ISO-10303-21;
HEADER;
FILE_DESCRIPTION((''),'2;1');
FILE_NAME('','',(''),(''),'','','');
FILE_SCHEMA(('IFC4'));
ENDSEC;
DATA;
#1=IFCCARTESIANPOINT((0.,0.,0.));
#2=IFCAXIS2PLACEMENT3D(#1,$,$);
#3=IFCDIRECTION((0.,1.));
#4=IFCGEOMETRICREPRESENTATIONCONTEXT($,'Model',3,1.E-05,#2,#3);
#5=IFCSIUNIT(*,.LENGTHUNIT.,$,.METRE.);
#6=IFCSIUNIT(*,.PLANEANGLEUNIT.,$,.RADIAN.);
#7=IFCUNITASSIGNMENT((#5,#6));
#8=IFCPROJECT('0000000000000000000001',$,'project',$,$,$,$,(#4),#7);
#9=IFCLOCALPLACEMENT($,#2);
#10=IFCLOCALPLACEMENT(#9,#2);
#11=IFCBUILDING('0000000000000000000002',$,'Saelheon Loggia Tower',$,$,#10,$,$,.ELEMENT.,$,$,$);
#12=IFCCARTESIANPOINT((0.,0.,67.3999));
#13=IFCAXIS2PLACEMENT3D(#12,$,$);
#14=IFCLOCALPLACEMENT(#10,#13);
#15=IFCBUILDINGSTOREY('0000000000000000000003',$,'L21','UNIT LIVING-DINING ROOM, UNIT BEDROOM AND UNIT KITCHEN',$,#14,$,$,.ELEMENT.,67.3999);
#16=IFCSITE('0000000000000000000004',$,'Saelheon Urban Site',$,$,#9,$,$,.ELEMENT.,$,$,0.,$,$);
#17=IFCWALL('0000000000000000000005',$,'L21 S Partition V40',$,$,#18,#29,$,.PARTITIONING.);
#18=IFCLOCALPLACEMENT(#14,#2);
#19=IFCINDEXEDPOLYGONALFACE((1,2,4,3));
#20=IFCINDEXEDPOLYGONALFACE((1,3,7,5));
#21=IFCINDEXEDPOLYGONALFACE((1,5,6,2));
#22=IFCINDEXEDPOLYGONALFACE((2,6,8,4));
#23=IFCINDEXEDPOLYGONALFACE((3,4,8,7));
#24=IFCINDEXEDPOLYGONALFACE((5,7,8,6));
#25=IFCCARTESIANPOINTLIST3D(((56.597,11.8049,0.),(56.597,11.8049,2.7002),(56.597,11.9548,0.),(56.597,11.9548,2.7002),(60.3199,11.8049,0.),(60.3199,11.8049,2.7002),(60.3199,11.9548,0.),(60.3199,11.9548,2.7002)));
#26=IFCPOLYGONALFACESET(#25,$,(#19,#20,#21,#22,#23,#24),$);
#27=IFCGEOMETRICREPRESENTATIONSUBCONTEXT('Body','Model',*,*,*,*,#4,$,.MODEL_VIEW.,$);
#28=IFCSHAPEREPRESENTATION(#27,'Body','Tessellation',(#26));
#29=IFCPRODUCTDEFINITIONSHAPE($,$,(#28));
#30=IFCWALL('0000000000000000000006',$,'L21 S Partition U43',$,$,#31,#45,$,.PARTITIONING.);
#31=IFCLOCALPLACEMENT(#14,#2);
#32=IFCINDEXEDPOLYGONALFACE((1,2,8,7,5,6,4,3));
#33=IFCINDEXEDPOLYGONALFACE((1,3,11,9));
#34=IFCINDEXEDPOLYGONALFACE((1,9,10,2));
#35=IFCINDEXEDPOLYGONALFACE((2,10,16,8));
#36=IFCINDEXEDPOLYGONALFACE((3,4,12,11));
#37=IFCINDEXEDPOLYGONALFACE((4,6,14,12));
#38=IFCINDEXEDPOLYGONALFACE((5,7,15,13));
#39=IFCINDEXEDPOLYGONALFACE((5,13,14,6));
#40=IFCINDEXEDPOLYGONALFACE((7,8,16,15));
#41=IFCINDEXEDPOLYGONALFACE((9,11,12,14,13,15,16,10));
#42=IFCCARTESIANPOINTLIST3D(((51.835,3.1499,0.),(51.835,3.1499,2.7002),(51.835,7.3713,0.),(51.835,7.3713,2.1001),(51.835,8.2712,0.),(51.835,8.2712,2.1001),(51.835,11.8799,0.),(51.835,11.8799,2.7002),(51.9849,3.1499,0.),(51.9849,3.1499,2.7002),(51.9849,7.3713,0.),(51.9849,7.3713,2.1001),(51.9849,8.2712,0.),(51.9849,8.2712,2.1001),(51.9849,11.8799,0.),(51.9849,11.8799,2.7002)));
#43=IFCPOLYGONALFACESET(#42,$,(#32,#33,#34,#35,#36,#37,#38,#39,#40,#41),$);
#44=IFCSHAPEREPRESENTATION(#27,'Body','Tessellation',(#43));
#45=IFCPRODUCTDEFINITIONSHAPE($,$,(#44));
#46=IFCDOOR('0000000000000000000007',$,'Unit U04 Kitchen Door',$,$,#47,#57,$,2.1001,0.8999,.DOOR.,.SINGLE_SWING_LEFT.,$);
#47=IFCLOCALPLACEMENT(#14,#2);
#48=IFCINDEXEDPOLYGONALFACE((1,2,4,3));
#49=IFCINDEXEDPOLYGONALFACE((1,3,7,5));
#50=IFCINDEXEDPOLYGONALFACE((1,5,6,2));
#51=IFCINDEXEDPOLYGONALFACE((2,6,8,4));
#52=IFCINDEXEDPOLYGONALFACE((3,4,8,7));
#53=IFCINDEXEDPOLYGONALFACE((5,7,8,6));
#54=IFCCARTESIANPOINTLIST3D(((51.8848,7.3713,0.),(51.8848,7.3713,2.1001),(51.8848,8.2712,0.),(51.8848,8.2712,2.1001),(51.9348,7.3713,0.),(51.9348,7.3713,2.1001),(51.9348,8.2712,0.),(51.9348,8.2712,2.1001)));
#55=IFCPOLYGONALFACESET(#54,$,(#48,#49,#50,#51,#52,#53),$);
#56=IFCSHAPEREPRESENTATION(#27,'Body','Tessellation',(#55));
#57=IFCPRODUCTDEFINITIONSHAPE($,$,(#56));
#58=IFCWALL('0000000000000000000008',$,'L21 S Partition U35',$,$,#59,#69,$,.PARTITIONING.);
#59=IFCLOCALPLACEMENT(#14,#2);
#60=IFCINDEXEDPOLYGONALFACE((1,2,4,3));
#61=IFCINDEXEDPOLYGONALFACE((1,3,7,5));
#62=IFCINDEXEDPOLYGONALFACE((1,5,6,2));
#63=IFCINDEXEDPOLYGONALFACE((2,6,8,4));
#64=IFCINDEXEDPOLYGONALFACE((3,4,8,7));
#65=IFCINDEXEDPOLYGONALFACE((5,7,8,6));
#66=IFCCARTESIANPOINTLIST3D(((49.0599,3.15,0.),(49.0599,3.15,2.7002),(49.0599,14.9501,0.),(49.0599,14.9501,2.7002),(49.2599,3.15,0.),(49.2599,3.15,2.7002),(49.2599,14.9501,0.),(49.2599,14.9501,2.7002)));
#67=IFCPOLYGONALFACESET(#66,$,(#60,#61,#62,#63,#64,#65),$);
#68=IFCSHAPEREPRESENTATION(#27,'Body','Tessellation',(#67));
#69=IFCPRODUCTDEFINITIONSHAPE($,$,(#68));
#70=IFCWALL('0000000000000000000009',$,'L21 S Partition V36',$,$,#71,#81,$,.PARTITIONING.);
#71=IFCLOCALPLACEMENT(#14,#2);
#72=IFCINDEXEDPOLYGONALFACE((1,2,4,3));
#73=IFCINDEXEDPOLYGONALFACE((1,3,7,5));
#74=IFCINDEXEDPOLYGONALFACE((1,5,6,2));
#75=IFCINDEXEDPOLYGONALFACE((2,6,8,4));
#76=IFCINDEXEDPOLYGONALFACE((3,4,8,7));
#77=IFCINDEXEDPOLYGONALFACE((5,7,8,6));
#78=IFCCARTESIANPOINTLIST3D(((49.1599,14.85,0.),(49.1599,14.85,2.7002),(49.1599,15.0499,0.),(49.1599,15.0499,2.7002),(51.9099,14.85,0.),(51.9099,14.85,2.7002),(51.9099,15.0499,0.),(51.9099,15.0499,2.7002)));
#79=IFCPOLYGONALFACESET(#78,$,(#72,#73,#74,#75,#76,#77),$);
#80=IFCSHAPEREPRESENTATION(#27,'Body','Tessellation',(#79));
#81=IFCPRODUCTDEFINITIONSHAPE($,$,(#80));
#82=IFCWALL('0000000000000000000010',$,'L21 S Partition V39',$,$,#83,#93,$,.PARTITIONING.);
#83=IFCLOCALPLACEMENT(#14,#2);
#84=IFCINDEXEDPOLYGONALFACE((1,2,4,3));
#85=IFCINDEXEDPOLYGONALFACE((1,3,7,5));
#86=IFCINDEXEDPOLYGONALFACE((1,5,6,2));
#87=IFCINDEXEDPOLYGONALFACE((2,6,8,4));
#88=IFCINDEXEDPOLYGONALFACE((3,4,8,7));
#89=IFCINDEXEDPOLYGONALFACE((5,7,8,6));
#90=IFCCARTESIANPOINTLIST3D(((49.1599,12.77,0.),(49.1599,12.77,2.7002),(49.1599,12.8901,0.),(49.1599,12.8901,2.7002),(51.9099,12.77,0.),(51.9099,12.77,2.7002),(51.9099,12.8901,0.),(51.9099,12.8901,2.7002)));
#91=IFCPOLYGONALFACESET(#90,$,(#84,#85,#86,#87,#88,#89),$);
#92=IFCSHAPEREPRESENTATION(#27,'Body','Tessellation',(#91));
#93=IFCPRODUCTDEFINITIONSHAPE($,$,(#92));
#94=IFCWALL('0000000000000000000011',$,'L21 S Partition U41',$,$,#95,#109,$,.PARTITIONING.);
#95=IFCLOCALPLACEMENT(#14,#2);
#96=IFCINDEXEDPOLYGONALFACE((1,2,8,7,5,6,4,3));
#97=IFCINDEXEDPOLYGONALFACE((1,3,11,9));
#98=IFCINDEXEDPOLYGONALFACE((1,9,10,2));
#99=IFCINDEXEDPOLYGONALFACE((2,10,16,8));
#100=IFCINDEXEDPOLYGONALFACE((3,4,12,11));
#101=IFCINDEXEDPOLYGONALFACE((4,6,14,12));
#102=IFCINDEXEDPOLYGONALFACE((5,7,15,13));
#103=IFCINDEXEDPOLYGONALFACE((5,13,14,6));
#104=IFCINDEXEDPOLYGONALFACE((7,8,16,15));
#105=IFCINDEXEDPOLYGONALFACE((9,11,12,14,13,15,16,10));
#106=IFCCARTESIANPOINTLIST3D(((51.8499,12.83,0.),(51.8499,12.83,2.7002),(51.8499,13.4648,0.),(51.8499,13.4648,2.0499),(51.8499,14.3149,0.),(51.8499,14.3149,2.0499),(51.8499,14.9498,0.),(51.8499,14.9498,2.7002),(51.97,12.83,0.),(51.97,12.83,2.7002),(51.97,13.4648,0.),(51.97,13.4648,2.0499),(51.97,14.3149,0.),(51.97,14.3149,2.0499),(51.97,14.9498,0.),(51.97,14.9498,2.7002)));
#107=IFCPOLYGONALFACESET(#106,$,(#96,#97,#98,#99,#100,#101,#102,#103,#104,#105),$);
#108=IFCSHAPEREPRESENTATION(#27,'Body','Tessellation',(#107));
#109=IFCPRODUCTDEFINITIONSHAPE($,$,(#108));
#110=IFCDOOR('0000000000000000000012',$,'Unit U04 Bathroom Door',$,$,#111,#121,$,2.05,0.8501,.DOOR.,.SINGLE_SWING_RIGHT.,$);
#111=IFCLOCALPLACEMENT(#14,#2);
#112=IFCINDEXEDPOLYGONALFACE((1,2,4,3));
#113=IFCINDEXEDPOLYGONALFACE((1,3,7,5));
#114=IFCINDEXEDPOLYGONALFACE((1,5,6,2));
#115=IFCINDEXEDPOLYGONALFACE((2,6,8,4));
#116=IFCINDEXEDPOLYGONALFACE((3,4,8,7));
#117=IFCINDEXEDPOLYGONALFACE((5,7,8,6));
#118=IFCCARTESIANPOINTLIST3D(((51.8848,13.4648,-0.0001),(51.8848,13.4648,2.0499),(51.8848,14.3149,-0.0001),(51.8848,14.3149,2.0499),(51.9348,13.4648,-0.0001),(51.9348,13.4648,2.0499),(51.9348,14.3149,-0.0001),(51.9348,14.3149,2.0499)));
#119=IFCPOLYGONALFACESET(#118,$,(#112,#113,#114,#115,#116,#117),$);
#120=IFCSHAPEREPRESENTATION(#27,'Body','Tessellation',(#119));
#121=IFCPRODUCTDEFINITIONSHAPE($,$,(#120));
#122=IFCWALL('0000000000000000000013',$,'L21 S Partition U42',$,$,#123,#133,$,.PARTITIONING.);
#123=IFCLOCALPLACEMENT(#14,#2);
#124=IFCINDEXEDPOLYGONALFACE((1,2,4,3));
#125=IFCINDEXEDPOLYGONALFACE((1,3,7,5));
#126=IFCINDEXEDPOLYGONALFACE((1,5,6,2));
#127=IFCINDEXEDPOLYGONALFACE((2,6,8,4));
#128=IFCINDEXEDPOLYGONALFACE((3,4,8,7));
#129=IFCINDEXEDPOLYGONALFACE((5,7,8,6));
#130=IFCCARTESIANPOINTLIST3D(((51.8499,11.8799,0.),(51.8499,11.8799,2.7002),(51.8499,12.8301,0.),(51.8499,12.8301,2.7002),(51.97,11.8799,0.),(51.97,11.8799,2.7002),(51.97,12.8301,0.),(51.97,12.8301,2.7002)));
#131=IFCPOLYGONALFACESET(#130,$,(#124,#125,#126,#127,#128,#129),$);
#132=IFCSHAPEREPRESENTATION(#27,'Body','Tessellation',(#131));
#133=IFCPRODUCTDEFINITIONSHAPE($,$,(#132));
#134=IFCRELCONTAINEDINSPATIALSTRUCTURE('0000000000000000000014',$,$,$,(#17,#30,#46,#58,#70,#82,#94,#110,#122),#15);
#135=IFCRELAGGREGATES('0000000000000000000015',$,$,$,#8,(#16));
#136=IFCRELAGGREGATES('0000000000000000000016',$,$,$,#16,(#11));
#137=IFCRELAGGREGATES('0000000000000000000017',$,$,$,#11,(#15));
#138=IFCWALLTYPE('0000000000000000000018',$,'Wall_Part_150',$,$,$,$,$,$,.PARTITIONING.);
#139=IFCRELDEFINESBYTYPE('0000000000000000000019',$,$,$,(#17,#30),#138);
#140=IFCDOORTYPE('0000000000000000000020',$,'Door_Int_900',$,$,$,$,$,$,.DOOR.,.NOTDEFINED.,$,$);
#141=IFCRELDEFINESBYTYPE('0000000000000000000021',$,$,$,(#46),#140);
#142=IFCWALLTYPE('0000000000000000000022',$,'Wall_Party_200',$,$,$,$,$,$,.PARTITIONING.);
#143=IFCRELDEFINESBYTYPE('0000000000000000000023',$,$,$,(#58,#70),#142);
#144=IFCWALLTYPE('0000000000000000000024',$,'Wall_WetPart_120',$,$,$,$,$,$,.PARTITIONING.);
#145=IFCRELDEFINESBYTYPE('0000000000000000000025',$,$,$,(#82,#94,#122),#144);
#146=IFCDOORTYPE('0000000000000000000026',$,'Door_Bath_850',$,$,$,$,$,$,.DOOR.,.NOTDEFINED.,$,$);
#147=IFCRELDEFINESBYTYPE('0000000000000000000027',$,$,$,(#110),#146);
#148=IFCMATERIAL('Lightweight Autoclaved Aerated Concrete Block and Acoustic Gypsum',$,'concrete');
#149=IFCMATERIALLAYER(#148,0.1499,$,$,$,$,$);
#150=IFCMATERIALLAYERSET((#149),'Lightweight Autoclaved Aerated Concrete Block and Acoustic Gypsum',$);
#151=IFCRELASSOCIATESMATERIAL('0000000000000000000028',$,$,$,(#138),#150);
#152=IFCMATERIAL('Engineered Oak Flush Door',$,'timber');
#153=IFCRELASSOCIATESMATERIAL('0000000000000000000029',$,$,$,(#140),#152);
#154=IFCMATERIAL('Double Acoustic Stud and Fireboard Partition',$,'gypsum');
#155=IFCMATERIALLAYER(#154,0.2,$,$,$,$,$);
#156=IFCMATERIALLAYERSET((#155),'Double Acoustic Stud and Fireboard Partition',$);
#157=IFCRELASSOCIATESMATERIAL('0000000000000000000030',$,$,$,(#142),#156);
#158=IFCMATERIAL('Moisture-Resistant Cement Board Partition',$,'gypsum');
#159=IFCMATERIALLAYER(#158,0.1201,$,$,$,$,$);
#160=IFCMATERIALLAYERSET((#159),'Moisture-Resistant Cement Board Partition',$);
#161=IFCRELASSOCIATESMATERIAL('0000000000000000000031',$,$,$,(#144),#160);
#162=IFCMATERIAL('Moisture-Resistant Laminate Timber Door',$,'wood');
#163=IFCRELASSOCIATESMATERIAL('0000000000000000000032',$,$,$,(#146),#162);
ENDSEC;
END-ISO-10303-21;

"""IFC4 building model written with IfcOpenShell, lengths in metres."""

from ifc_helpers import new_model, si_unit, direction, frame, frame_2d, origin, place, context, subcontext, project, spatial, rectangle, extrude, source, transform, mapped, material, layer, layer_set, type_object, element, fill, save


model = new_model("IFC4")

# Units and contexts
model_context = context("Model", 3, precision=1e-05, world=origin(), true_north=direction((0.0, 1.0)))
body_context = subcontext(model_context, "Body", "Model", "MODEL_VIEW")
ifc_project = project(units=[si_unit("LENGTHUNIT", "METRE"), si_unit("PLANEANGLEUNIT", "RADIAN")], contexts=[model_context])

# Site, building, storey
site_placement = place(None, origin())
site = spatial("IfcSite", under=ifc_project, at=site_placement, Name="Saelheon Urban Site", CompositionType="ELEMENT", RefElevation=0.0)
building_placement = place(site_placement, origin())
building = spatial("IfcBuilding", under=site, at=building_placement, Name="Saelheon Loggia Tower", CompositionType="ELEMENT")
storey_placement = place(building_placement, frame((0.0, 0.0, 67.3999)))
storey = spatial("IfcBuildingStorey", under=building, at=storey_placement, Name="L21", Description="UNIT LIVING-DINING ROOM, UNIT BEDROOM AND UNIT KITCHEN", CompositionType="ELEMENT", Elevation=67.3999)

# Wall
ifc_material_1 = material(Name="Lightweight Autoclaved Aerated Concrete Block and Acoustic Gypsum", Category="concrete")
ifc_layer_1 = layer(ifc_material_1, 0.1499)
ifc_layer_set_1 = layer_set([ifc_layer_1], Name="Lightweight Autoclaved Aerated Concrete Block and Acoustic Gypsum")
wall_type_1 = type_object("IfcWallType", Name="Wall_Part_150", PredefinedType="PARTITIONING", material=ifc_layer_set_1)
wall_1_placement = place(storey_placement, frame((56.5972, 11.8799, 0.0), z_axis=(0.0, 0.0, 1.0), x_axis=(1.0, 0.0, 0.0)))
element("IfcWall", 1, at=wall_1_placement, inside=storey, type_object=wall_type_1, Name="L21 S Partition V40", PredefinedType="PARTITIONING", context=body_context, shape_type="SweptSolid", body=[
    extrude(rectangle(XDim=3.7229, YDim=0.1499, at=frame_2d((1.8613, 0.0))), origin(), (0.0, 0.0, 1.0), 2.7002),
])

# Wall, opening, door
wall_2_placement = place(storey_placement, frame((51.9099, 11.8799, 0.0), z_axis=(0.0, 0.0, 1.0), x_axis=(0.0, -1.0, 0.0)))
wall_2 = element("IfcWall", 2, at=wall_2_placement, inside=storey, type_object=wall_type_1, Name="L21 S Partition U43", PredefinedType="PARTITIONING", context=body_context, shape_type="SweptSolid", body=[
    extrude(rectangle(XDim=8.73, YDim=0.1499, at=frame_2d((4.365, 0.0))), origin(), (0.0, 0.0, 1.0), 2.7002),
])
opening_1_placement = place(wall_2_placement, frame((3.6086, 0.0, 0.0)))
opening_1 = element("IfcOpeningElement", 3, at=opening_1_placement, cuts=wall_2, PredefinedType="OPENING", context=body_context, shape_type="SweptSolid", body=[
    extrude(rectangle(XDim=0.8999, YDim=2.1001, at=frame_2d((0.45, 1.05))), frame((0.0, 0.0869, 0.0), z_axis=(0.0, -1.0, 0.0), x_axis=(1.0, 0.0, 0.0)), (0.0, 0.0, 1.0), 0.1738),
])
ifc_material_2 = material(Name="Engineered Oak Flush Door", Category="timber")
door_type_1 = type_object("IfcDoorType", Name="Door_Int_900", OperationType="NOTDEFINED", PredefinedType="DOOR", material=ifc_material_2)
shared_shape_1 = source(origin(), body_context, "Body", "SweptSolid", [
    extrude(rectangle(XDim=0.8999, YDim=2.1001, at=frame_2d((0.45, 1.05))), frame((0.0, 0.0249, 0.0), z_axis=(0.0, -1.0, 0.0), x_axis=(1.0, 0.0, 0.0)), (0.0, 0.0, 1.0), 0.05),
])
door_1_placement = place(opening_1_placement, origin())
door_1 = element("IfcDoor", 4, at=door_1_placement, inside=storey, type_object=door_type_1, Name="Unit U04 Kitchen Door", OperationType="SINGLE_SWING_LEFT", OverallHeight=2.1001, OverallWidth=0.8999, PredefinedType="DOOR", context=body_context, shape_type="MappedRepresentation", body=[
    mapped(shared_shape_1, transform((0.0, 0.0, 0.0), scale=1.0)),
])
fill(opening_1, door_1)

# Walls
ifc_material_3 = material(Name="Double Acoustic Stud and Fireboard Partition", Category="gypsum")
ifc_layer_2 = layer(ifc_material_3, 0.2)
ifc_layer_set_2 = layer_set([ifc_layer_2], Name="Double Acoustic Stud and Fireboard Partition")
wall_type_2 = type_object("IfcWallType", Name="Wall_Party_200", PredefinedType="PARTITIONING", material=ifc_layer_set_2)
wall_3_placement = place(storey_placement, frame((49.1599, 14.95, 0.0), z_axis=(0.0, 0.0, 1.0), x_axis=(0.0, -1.0, 0.0)))
element("IfcWall", 5, at=wall_3_placement, inside=storey, type_object=wall_type_2, Name="L21 S Partition U35", PredefinedType="PARTITIONING", context=body_context, shape_type="SweptSolid", body=[
    extrude(rectangle(XDim=11.8, YDim=0.2, at=frame_2d((5.8999, 0.0))), origin(), (0.0, 0.0, 1.0), 2.7002),
])
wall_4_placement = place(storey_placement, frame((49.1599, 14.95, 0.0), z_axis=(0.0, 0.0, 1.0), x_axis=(1.0, 0.0, 0.0)))
element("IfcWall", 6, at=wall_4_placement, inside=storey, type_object=wall_type_2, Name="L21 S Partition V36", PredefinedType="PARTITIONING", context=body_context, shape_type="SweptSolid", body=[
    extrude(rectangle(XDim=2.75, YDim=0.2, at=frame_2d((1.375, 0.0))), origin(), (0.0, 0.0, 1.0), 2.7002),
])

# Wall
ifc_material_4 = material(Name="Moisture-Resistant Cement Board Partition", Category="gypsum")
ifc_layer_3 = layer(ifc_material_4, 0.1201)
ifc_layer_set_3 = layer_set([ifc_layer_3], Name="Moisture-Resistant Cement Board Partition")
wall_type_3 = type_object("IfcWallType", Name="Wall_WetPart_120", PredefinedType="PARTITIONING", material=ifc_layer_set_3)
wall_5_placement = place(storey_placement, frame((49.1599, 12.8301, 0.0), z_axis=(0.0, 0.0, 1.0), x_axis=(1.0, 0.0, 0.0)))
element("IfcWall", 7, at=wall_5_placement, inside=storey, type_object=wall_type_3, Name="L21 S Partition V39", PredefinedType="PARTITIONING", context=body_context, shape_type="SweptSolid", body=[
    extrude(rectangle(XDim=2.75, YDim=0.1201, at=frame_2d((1.375, 0.0))), origin(), (0.0, 0.0, 1.0), 2.7002),
])

# Wall, opening, door
wall_6_placement = place(storey_placement, frame((51.9099, 14.95, 0.0), z_axis=(0.0, 0.0, 1.0), x_axis=(0.0, -1.0, 0.0)))
wall_6 = element("IfcWall", 8, at=wall_6_placement, inside=storey, type_object=wall_type_3, Name="L21 S Partition U41", PredefinedType="PARTITIONING", context=body_context, shape_type="SweptSolid", body=[
    extrude(rectangle(XDim=2.1199, YDim=0.1201, at=frame_2d((1.0601, 0.0))), origin(), (0.0, 0.0, 1.0), 2.7002),
])
opening_2_placement = place(wall_6_placement, frame((0.635, 0.0, 0.0)))
opening_2 = element("IfcOpeningElement", 9, at=opening_2_placement, cuts=wall_6, PredefinedType="OPENING", context=body_context, shape_type="SweptSolid", body=[
    extrude(rectangle(XDim=0.8501, YDim=2.05, at=frame_2d((0.425, 1.0249))), frame((0.0, 0.072, 0.0), z_axis=(0.0, -1.0, 0.0), x_axis=(1.0, 0.0, 0.0)), (0.0, 0.0, 1.0), 0.144),
])
ifc_material_5 = material(Name="Moisture-Resistant Laminate Timber Door", Category="wood")
door_type_2 = type_object("IfcDoorType", Name="Door_Bath_850", OperationType="NOTDEFINED", PredefinedType="DOOR", material=ifc_material_5)
shared_shape_2 = source(origin(), body_context, "Body", "SweptSolid", [
    extrude(rectangle(XDim=0.8501, YDim=2.05, at=frame_2d((0.425, 1.0249))), frame((0.0, 0.0249, 0.0), z_axis=(0.0, -1.0, 0.0), x_axis=(1.0, 0.0, 0.0)), (0.0, 0.0, 1.0), 0.05),
])
door_2_placement = place(opening_2_placement, origin())
door_2 = element("IfcDoor", 10, at=door_2_placement, inside=storey, type_object=door_type_2, Name="Unit U04 Bathroom Door", OperationType="SINGLE_SWING_RIGHT", OverallHeight=2.05, OverallWidth=0.8501, PredefinedType="DOOR", context=body_context, shape_type="MappedRepresentation", body=[
    mapped(shared_shape_2, transform((0.0, 0.0, 0.0), scale=1.0)),
])
fill(opening_2, door_2)

# Wall
wall_7_placement = place(storey_placement, frame((51.9099, 12.8301, 0.0), z_axis=(0.0, 0.0, 1.0), x_axis=(0.0, -1.0, 0.0)))
element("IfcWall", 11, at=wall_7_placement, inside=storey, type_object=wall_type_3, Name="L21 S Partition U42", PredefinedType="PARTITIONING", context=body_context, shape_type="SweptSolid", body=[
    extrude(rectangle(XDim=0.9502, YDim=0.1201, at=frame_2d((0.4751, 0.0))), origin(), (0.0, 0.0, 1.0), 2.7002),
])

save(model, "model.ifc")
